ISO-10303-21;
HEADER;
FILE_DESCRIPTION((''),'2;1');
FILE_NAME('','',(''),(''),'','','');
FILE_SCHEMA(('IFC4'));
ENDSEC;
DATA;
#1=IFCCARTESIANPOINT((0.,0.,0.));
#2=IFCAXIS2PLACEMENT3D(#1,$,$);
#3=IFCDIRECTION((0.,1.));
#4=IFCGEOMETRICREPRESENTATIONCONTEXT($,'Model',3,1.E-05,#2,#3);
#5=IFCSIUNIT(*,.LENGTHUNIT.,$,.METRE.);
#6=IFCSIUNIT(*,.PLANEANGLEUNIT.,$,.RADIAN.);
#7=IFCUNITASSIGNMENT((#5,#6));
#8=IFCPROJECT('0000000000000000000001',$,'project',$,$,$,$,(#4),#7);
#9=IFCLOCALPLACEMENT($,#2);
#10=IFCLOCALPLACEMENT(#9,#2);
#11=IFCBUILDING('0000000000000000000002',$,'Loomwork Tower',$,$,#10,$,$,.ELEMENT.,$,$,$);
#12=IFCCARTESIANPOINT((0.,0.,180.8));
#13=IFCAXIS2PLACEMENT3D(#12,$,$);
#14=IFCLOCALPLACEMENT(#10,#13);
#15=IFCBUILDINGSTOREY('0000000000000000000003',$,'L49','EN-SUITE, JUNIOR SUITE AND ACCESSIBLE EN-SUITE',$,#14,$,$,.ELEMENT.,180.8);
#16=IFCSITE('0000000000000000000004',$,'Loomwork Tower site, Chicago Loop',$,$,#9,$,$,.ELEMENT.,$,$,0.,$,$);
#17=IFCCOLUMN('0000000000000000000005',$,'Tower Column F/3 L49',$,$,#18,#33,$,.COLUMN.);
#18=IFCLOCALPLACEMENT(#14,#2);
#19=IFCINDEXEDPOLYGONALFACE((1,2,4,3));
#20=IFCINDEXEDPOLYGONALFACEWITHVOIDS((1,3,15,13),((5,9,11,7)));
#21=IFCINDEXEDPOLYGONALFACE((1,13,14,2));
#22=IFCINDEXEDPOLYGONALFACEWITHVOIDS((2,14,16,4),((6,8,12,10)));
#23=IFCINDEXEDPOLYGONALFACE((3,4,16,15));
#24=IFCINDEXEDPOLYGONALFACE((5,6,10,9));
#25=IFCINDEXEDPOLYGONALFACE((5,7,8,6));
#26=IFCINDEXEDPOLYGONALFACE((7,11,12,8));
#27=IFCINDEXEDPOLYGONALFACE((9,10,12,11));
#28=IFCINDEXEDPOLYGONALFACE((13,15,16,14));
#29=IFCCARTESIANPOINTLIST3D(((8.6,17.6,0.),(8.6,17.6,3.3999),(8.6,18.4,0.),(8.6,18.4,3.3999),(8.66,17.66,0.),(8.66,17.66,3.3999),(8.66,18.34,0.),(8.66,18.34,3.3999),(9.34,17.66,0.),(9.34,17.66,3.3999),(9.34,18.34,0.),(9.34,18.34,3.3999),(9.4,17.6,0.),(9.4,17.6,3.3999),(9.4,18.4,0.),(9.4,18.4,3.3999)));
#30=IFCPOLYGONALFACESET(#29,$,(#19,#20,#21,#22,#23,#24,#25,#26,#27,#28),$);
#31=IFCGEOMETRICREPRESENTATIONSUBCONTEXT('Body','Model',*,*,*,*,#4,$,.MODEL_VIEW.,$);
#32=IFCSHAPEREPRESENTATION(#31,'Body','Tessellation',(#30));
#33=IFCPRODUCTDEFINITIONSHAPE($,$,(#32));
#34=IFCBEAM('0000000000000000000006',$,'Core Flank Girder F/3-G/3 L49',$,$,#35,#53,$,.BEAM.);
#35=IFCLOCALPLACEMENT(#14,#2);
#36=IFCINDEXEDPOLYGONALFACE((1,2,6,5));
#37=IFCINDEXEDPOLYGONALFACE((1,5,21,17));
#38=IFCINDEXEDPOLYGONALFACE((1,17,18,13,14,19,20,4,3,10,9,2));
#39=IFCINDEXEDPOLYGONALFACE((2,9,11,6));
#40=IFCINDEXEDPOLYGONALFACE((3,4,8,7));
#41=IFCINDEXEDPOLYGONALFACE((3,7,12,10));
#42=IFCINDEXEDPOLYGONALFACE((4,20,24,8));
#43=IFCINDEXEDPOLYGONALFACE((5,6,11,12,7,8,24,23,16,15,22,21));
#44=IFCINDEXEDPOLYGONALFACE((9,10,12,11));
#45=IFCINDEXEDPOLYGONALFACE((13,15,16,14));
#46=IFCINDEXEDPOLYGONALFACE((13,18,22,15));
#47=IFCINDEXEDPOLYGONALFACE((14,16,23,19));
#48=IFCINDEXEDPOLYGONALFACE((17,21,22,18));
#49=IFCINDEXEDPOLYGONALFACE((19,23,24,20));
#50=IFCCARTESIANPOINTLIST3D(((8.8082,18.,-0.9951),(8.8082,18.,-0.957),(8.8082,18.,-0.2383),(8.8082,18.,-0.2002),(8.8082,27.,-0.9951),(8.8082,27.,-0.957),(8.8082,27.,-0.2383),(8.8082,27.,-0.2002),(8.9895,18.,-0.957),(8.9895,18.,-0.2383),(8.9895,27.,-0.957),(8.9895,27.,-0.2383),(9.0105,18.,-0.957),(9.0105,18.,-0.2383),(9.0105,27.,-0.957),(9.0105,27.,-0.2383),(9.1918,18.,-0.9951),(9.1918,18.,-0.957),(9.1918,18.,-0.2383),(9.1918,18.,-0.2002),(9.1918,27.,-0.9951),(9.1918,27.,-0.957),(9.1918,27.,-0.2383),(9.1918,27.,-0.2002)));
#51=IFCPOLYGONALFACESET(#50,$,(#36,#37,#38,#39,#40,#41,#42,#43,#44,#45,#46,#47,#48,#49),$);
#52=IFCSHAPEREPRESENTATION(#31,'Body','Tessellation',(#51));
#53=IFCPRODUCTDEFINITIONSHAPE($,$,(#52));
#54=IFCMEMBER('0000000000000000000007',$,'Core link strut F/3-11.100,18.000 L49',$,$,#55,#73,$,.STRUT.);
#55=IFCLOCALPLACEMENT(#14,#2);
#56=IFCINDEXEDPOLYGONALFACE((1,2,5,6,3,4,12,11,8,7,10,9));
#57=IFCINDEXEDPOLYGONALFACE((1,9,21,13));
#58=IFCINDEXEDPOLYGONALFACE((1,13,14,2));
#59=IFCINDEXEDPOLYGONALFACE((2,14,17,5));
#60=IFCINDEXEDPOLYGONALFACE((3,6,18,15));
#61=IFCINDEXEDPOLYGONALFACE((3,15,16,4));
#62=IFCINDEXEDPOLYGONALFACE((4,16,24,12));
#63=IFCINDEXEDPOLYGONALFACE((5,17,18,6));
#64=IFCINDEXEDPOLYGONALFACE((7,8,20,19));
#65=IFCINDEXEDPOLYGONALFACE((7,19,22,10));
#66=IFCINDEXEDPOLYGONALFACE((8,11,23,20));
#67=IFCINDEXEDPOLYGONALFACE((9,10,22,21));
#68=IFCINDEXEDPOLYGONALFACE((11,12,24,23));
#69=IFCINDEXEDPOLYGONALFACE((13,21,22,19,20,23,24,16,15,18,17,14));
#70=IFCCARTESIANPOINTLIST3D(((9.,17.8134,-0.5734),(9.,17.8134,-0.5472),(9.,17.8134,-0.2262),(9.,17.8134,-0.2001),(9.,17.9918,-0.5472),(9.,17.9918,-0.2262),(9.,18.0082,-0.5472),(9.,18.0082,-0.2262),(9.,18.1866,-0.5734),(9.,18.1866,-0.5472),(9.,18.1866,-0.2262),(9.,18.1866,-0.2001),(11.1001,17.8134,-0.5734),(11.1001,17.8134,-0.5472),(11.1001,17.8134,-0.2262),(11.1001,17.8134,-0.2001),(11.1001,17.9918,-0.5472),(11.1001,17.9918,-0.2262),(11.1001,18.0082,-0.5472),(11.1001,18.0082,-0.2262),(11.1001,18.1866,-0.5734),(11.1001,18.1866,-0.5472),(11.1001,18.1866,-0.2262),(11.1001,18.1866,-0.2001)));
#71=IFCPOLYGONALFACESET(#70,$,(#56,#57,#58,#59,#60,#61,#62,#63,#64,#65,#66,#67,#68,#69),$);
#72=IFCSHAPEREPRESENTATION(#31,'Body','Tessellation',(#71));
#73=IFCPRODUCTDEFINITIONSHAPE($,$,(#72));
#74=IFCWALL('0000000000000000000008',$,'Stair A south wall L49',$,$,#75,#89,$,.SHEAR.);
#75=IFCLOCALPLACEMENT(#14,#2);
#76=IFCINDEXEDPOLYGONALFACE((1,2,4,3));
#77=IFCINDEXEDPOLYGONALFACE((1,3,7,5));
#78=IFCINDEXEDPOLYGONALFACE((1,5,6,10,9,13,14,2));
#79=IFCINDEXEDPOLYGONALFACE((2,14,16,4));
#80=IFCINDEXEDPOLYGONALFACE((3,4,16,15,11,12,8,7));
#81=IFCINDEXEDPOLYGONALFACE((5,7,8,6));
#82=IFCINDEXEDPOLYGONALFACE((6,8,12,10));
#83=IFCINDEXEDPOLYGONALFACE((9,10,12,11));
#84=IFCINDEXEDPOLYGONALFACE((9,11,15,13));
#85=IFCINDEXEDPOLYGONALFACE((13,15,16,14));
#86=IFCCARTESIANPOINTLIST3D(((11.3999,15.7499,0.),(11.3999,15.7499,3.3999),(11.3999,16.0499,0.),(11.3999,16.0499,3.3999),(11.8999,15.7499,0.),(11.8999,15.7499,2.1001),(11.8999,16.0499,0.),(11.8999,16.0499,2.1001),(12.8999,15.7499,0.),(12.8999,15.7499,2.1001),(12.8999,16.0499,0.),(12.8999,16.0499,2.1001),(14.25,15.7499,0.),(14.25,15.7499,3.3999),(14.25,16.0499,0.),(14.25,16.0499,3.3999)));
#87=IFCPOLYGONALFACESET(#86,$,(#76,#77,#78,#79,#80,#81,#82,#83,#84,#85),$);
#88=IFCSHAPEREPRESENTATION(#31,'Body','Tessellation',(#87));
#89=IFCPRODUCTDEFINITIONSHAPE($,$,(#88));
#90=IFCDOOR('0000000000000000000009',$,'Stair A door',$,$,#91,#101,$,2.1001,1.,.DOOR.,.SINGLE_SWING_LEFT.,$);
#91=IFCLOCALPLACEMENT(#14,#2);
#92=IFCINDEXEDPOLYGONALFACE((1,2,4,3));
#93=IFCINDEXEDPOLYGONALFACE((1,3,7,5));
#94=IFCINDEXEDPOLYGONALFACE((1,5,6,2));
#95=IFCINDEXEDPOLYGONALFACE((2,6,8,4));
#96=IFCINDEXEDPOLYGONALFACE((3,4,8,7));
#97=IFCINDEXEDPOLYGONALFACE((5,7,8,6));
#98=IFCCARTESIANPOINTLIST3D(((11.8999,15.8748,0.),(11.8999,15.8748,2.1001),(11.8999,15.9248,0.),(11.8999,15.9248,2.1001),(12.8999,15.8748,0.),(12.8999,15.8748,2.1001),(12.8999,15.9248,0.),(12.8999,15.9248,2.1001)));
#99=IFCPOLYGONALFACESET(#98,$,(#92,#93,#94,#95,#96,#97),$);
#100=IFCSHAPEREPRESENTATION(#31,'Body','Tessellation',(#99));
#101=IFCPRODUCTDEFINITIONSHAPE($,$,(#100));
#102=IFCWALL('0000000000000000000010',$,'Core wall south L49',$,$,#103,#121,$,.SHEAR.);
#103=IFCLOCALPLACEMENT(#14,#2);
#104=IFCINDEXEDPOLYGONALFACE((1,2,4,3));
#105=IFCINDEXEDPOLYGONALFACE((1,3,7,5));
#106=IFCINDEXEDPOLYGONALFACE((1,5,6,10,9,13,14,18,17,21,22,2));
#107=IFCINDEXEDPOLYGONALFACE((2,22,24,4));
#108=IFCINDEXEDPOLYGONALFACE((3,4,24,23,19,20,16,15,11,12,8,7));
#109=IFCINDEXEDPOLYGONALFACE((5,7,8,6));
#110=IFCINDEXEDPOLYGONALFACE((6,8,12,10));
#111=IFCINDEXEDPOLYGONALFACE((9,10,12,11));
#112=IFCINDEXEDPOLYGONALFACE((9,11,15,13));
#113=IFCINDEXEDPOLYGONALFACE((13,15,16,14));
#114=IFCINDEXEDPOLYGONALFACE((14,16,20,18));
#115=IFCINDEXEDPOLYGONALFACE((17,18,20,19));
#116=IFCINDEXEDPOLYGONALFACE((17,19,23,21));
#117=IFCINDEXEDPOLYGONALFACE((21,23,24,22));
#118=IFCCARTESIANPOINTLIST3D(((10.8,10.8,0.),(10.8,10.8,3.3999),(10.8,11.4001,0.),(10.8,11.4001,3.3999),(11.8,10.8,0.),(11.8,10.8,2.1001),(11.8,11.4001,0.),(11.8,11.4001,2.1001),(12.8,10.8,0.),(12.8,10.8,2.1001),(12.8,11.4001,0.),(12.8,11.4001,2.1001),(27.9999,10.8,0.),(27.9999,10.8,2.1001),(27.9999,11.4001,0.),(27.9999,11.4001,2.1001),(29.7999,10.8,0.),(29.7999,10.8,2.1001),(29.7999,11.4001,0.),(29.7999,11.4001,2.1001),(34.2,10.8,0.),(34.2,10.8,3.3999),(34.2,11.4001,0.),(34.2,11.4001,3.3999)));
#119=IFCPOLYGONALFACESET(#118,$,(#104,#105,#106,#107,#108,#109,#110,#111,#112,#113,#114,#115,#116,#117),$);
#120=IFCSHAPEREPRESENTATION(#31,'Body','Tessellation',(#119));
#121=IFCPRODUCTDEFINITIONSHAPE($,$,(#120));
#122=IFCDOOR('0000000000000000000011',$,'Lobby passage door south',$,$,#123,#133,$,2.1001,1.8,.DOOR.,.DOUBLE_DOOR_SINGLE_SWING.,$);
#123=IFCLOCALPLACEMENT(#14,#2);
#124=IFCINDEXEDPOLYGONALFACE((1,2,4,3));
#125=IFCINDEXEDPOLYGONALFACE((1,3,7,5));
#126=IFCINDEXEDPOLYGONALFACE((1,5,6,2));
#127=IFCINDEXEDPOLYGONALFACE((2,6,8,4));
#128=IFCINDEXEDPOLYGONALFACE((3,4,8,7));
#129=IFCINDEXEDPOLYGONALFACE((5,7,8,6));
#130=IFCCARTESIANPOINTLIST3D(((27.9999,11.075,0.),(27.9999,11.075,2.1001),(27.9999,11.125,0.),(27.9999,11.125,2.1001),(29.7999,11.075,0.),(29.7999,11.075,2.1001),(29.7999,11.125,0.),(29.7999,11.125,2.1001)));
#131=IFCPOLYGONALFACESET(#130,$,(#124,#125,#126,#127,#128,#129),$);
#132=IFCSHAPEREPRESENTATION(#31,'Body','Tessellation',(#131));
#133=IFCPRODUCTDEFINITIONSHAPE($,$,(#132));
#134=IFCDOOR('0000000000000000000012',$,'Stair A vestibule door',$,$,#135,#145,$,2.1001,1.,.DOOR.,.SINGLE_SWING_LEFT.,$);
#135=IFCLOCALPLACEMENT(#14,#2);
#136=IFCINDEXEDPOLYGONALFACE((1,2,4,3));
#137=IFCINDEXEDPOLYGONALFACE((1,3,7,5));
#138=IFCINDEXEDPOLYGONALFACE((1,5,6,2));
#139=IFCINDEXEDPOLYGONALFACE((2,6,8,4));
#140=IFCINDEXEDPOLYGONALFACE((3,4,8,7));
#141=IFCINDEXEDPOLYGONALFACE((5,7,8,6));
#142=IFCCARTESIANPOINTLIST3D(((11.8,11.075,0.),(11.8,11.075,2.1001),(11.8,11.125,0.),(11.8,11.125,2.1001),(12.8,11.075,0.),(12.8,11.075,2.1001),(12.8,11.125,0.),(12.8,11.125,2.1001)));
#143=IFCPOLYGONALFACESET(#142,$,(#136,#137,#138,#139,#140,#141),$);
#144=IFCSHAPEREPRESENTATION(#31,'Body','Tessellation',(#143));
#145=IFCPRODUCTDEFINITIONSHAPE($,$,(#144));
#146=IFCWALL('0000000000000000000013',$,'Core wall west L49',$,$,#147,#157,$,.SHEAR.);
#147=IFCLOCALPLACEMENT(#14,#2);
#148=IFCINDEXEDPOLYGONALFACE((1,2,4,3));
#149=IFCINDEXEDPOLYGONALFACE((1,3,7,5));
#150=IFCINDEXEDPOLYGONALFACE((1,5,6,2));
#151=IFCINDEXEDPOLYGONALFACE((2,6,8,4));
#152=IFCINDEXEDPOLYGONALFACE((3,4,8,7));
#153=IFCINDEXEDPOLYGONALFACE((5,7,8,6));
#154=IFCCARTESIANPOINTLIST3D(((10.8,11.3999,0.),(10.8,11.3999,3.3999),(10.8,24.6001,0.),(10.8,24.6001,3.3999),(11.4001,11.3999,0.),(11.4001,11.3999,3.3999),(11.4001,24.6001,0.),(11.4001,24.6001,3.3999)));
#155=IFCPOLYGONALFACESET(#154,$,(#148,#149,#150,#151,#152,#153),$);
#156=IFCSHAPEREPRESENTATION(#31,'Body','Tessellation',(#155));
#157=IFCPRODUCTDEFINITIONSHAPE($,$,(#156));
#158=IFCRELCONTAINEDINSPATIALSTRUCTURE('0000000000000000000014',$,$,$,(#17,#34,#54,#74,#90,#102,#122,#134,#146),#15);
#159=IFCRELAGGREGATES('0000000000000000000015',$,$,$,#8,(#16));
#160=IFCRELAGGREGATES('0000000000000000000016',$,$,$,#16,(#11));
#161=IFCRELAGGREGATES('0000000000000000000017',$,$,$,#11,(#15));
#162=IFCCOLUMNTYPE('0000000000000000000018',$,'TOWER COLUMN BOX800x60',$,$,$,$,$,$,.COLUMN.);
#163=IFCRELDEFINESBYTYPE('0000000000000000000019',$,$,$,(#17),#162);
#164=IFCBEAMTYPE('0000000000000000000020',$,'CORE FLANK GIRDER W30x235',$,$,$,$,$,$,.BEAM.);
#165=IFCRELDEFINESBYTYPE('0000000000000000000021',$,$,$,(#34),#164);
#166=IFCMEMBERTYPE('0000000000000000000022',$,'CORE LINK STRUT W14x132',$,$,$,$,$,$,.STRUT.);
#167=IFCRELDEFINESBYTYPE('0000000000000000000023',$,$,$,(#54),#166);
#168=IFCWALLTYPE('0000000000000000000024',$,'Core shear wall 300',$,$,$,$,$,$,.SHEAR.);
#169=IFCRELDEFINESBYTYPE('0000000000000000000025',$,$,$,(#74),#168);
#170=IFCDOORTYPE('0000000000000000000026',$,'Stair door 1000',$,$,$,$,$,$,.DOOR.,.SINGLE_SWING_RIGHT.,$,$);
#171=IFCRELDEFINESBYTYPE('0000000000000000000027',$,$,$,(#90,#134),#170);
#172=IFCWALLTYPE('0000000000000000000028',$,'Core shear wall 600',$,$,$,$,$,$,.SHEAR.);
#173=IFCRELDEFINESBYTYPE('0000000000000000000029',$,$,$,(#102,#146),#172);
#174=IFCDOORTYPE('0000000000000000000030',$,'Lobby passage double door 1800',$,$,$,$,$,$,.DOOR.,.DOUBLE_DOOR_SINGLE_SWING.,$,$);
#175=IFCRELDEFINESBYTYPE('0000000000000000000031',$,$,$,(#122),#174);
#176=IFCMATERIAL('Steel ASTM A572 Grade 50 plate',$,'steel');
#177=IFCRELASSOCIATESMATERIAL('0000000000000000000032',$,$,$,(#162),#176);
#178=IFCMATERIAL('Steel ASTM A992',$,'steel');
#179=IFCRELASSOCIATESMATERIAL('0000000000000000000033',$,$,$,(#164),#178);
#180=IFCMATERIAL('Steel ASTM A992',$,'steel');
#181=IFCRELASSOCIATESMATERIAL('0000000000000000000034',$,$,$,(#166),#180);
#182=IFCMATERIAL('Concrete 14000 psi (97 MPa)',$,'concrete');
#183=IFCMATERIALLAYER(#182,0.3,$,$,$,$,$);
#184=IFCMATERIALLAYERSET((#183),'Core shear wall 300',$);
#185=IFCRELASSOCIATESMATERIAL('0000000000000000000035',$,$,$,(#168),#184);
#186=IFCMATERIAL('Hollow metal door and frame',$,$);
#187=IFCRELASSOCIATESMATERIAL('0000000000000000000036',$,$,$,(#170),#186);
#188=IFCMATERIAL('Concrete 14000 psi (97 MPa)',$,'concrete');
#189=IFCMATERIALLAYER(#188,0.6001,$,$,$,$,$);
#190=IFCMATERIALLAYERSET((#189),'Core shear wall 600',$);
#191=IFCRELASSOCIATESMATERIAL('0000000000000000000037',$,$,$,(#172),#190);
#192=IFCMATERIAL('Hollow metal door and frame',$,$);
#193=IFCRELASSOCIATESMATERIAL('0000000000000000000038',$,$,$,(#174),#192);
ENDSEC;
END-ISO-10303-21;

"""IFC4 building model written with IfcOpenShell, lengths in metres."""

from ifc_helpers import new_model, si_unit, direction, frame, frame_2d, origin, origin_2d, place, context, subcontext, project, spatial, rectangle, hollow_rectangle, i_section, extrude, material, layer, layer_set, material_profile, profile_set, type_object, element, fill, save


model = new_model("IFC4")

# Units and contexts
model_context = context("Model", 3, precision=1e-05, world=origin(), true_north=direction((0.0, 1.0)))
body_context = subcontext(model_context, "Body", "Model", "MODEL_VIEW")
ifc_project = project(units=[si_unit("LENGTHUNIT", "METRE"), si_unit("PLANEANGLEUNIT", "RADIAN")], contexts=[model_context])

# Site, building, storey
site_placement = place(None, origin())
site = spatial("IfcSite", under=ifc_project, at=site_placement, Name="Loomwork Tower site, Chicago Loop", CompositionType="ELEMENT", RefElevation=0.0)
building_placement = place(site_placement, origin())
building = spatial("IfcBuilding", under=site, at=building_placement, Name="Loomwork Tower", CompositionType="ELEMENT")
storey_placement = place(building_placement, frame((0.0, 0.0, 180.8)))
storey = spatial("IfcBuildingStorey", under=building, at=storey_placement, Name="L49", Description="EN-SUITE, JUNIOR SUITE AND ACCESSIBLE EN-SUITE", CompositionType="ELEMENT", Elevation=180.8)

# Column
ifc_material_1 = material(Name="Steel ASTM A572 Grade 50 plate", Category="steel")
ifc_material_profile_1 = material_profile(ifc_material_1, hollow_rectangle(XDim=0.8, YDim=0.8, WallThickness=0.0601, at=origin_2d()), Name="BOX800x60")
ifc_profile_set_1 = profile_set([ifc_material_profile_1], Name="Steel ASTM A572 Grade 50 plate")
column_type = type_object("IfcColumnType", Name="TOWER COLUMN BOX800x60", PredefinedType="COLUMN", material=ifc_profile_set_1)
column_placement = place(storey_placement, frame((9.0, 18.0, 0.0), z_axis=(0.0, 0.0, 1.0), x_axis=(1.0, 0.0, 0.0)))
element("IfcColumn", 1, at=column_placement, inside=storey, type_object=column_type, Name="Tower Column F/3 L49", PredefinedType="COLUMN", context=body_context, shape_type="SweptSolid", body=[
    extrude(hollow_rectangle(XDim=0.8, YDim=0.8, WallThickness=0.0601, at=origin_2d()), origin(), (0.0, 0.0, 1.0), 3.3999),
])

# Beam
ifc_material_2 = material(Name="Steel ASTM A992", Category="steel")
ifc_material_profile_2 = material_profile(ifc_material_2, i_section(OverallWidth=0.3835, OverallDepth=0.7949, WebThickness=0.021, FlangeThickness=0.0381, at=origin_2d()), Name="W30x235")
ifc_profile_set_2 = profile_set([ifc_material_profile_2], Name="Steel ASTM A992")
beam_type = type_object("IfcBeamType", Name="CORE FLANK GIRDER W30x235", PredefinedType="BEAM", material=ifc_profile_set_2)
beam_placement = place(storey_placement, frame((9.0, 18.0, -0.5977), z_axis=(0.0, 1.0, 0.0), x_axis=(-1.0, 0.0, 0.0)))
element("IfcBeam", 2, at=beam_placement, inside=storey, type_object=beam_type, Name="Core Flank Girder F/3-G/3 L49", PredefinedType="BEAM", context=body_context, shape_type="SweptSolid", body=[
    extrude(i_section(OverallWidth=0.3835, OverallDepth=0.7949, WebThickness=0.021, FlangeThickness=0.0381, at=origin_2d()), origin(), (0.0, 0.0, 1.0), 9.0),
])

# Member
ifc_material_3 = material(Name="Steel ASTM A992", Category="steel")
ifc_material_profile_3 = material_profile(ifc_material_3, i_section(OverallWidth=0.3733, OverallDepth=0.3733, WebThickness=0.0164, FlangeThickness=0.0261, at=origin_2d()), Name="W14x132")
ifc_profile_set_3 = profile_set([ifc_material_profile_3], Name="Steel ASTM A992")
member_type = type_object("IfcMemberType", Name="CORE LINK STRUT W14x132", PredefinedType="STRUT", material=ifc_profile_set_3)
member_placement = place(storey_placement, frame((9.0, 18.0, -0.3867), z_axis=(1.0, 0.0, 0.0), x_axis=(0.0, 1.0, 0.0)))
element("IfcMember", 3, at=member_placement, inside=storey, type_object=member_type, Name="Core link strut F/3-11.100,18.000 L49", PredefinedType="STRUT", context=body_context, shape_type="SweptSolid", body=[
    extrude(i_section(OverallWidth=0.3733, OverallDepth=0.3733, WebThickness=0.0164, FlangeThickness=0.0261, at=origin_2d()), origin(), (0.0, 0.0, 1.0), 2.1001),
])

# Wall, opening, door
ifc_material_4 = material(Name="Concrete 14000 psi (97 MPa)", Category="concrete")
ifc_layer_1 = layer(ifc_material_4, 0.3)
ifc_layer_set_1 = layer_set([ifc_layer_1], Name="Core shear wall 300")
wall_type_1 = type_object("IfcWallType", Name="Core shear wall 300", PredefinedType="SHEAR", material=ifc_layer_set_1)
wall_1_placement = place(storey_placement, frame((11.3999, 15.8999, 0.0), z_axis=(0.0, 0.0, 1.0), x_axis=(1.0, 0.0, 0.0)))
wall_1 = element("IfcWall", 4, at=wall_1_placement, inside=storey, type_object=wall_type_1, Name="Stair A south wall L49", PredefinedType="SHEAR", context=body_context, shape_type="SweptSolid", body=[
    extrude(rectangle(XDim=2.8501, YDim=0.3, at=frame_2d((1.425, 0.0))), origin(), (0.0, 0.0, 1.0), 3.3999),
])
opening_1_placement = place(wall_1_placement, frame((0.5, 0.0, 0.0)))
opening_1 = element("IfcOpeningElement", 5, at=opening_1_placement, cuts=wall_1, PredefinedType="OPENING", context=body_context, shape_type="SweptSolid", body=[
    extrude(rectangle(XDim=1.0, YDim=2.1001, at=frame_2d((0.5, 1.05))), frame((0.0, 0.1599, 0.0), z_axis=(0.0, -1.0, 0.0), x_axis=(1.0, 0.0, 0.0)), (0.0, 0.0, 1.0), 0.3201),
])
ifc_material_5 = material(Name="Hollow metal door and frame")
door_type_1 = type_object("IfcDoorType", Name="Stair door 1000", OperationType="SINGLE_SWING_RIGHT", PredefinedType="DOOR", material=ifc_material_5)
door_1_placement = place(opening_1_placement, origin())
door_1 = element("IfcDoor", 6, at=door_1_placement, inside=storey, type_object=door_type_1, Name="Stair A door", OperationType="SINGLE_SWING_LEFT", OverallHeight=2.1001, OverallWidth=1.0, PredefinedType="DOOR", context=body_context, shape_type="SweptSolid", body=[
    extrude(rectangle(XDim=1.0, YDim=2.1001, at=frame_2d((0.5, 1.05))), frame((0.0, 0.0249, 0.0), z_axis=(0.0, -1.0, 0.0), x_axis=(1.0, 0.0, 0.0)), (0.0, 0.0, 1.0), 0.05),
])
fill(opening_1, door_1)

# Wall, openings, doors
ifc_material_6 = material(Name="Concrete 14000 psi (97 MPa)", Category="concrete")
ifc_layer_2 = layer(ifc_material_6, 0.6001)
ifc_layer_set_2 = layer_set([ifc_layer_2], Name="Core shear wall 600")
wall_type_2 = type_object("IfcWallType", Name="Core shear wall 600", PredefinedType="SHEAR", material=ifc_layer_set_2)
wall_2_placement = place(storey_placement, frame((10.8, 11.1001, 0.0), z_axis=(0.0, 0.0, 1.0), x_axis=(1.0, 0.0, 0.0)))
wall_2 = element("IfcWall", 7, at=wall_2_placement, inside=storey, type_object=wall_type_2, Name="Core wall south L49", PredefinedType="SHEAR", context=body_context, shape_type="SweptSolid", body=[
    extrude(rectangle(XDim=23.3999, YDim=0.6001, at=frame_2d((11.7, 0.0))), origin(), (0.0, 0.0, 1.0), 3.3999),
])
opening_2_placement = place(wall_2_placement, frame((1.0, 0.0, 0.0)))
opening_2 = element("IfcOpeningElement", 8, at=opening_2_placement, cuts=wall_2, PredefinedType="OPENING", context=body_context, shape_type="SweptSolid", body=[
    extrude(rectangle(XDim=1.0, YDim=2.1001, at=frame_2d((0.5, 1.05))), frame((0.0, 0.3101, 0.0), z_axis=(0.0, -1.0, 0.0), x_axis=(1.0, 0.0, 0.0)), (0.0, 0.0, 1.0), 0.6201),
])
opening_3_placement = place(wall_2_placement, frame((17.2, 0.0, 0.0)))
opening_3 = element("IfcOpeningElement", 9, at=opening_3_placement, cuts=wall_2, PredefinedType="OPENING", context=body_context, shape_type="SweptSolid", body=[
    extrude(rectangle(XDim=1.8, YDim=2.1001, at=frame_2d((0.8999, 1.05))), frame((0.0, 0.3101, 0.0), z_axis=(0.0, -1.0, 0.0), x_axis=(1.0, 0.0, 0.0)), (0.0, 0.0, 1.0), 0.6201),
])
ifc_material_7 = material(Name="Hollow metal door and frame")
door_type_2 = type_object("IfcDoorType", Name="Lobby passage double door 1800", OperationType="DOUBLE_DOOR_SINGLE_SWING", PredefinedType="DOOR", material=ifc_material_7)
door_2_placement = place(opening_3_placement, origin())
door_2 = element("IfcDoor", 10, at=door_2_placement, inside=storey, type_object=door_type_2, Name="Lobby passage door south", OperationType="DOUBLE_DOOR_SINGLE_SWING", OverallHeight=2.1001, OverallWidth=1.8, PredefinedType="DOOR", context=body_context, shape_type="SweptSolid", body=[
    extrude(rectangle(XDim=1.8, YDim=2.1001, at=frame_2d((0.8999, 1.05))), frame((0.0, 0.0249, 0.0), z_axis=(0.0, -1.0, 0.0), x_axis=(1.0, 0.0, 0.0)), (0.0, 0.0, 1.0), 0.05),
])
fill(opening_3, door_2)
door_3_placement = place(opening_2_placement, origin())
door_3 = element("IfcDoor", 11, at=door_3_placement, inside=storey, type_object=door_type_1, Name="Stair A vestibule door", OperationType="SINGLE_SWING_LEFT", OverallHeight=2.1001, OverallWidth=1.0, PredefinedType="DOOR", context=body_context, shape_type="SweptSolid", body=[
    extrude(rectangle(XDim=1.0, YDim=2.1001, at=frame_2d((0.5, 1.05))), frame((0.0, 0.0249, 0.0), z_axis=(0.0, -1.0, 0.0), x_axis=(1.0, 0.0, 0.0)), (0.0, 0.0, 1.0), 0.05),
])
fill(opening_2, door_3)

# Wall
wall_3_placement = place(storey_placement, frame((11.1001, 11.3999, 0.0), z_axis=(0.0, 0.0, 1.0), x_axis=(0.0, 1.0, 0.0)))
element("IfcWall", 12, at=wall_3_placement, inside=storey, type_object=wall_type_2, Name="Core wall west L49", PredefinedType="SHEAR", context=body_context, shape_type="SweptSolid", body=[
    extrude(rectangle(XDim=13.2002, YDim=0.6001, at=frame_2d((6.6001, 0.0))), origin(), (0.0, 0.0, 1.0), 3.3999),
])

save(model, "model.ifc")
